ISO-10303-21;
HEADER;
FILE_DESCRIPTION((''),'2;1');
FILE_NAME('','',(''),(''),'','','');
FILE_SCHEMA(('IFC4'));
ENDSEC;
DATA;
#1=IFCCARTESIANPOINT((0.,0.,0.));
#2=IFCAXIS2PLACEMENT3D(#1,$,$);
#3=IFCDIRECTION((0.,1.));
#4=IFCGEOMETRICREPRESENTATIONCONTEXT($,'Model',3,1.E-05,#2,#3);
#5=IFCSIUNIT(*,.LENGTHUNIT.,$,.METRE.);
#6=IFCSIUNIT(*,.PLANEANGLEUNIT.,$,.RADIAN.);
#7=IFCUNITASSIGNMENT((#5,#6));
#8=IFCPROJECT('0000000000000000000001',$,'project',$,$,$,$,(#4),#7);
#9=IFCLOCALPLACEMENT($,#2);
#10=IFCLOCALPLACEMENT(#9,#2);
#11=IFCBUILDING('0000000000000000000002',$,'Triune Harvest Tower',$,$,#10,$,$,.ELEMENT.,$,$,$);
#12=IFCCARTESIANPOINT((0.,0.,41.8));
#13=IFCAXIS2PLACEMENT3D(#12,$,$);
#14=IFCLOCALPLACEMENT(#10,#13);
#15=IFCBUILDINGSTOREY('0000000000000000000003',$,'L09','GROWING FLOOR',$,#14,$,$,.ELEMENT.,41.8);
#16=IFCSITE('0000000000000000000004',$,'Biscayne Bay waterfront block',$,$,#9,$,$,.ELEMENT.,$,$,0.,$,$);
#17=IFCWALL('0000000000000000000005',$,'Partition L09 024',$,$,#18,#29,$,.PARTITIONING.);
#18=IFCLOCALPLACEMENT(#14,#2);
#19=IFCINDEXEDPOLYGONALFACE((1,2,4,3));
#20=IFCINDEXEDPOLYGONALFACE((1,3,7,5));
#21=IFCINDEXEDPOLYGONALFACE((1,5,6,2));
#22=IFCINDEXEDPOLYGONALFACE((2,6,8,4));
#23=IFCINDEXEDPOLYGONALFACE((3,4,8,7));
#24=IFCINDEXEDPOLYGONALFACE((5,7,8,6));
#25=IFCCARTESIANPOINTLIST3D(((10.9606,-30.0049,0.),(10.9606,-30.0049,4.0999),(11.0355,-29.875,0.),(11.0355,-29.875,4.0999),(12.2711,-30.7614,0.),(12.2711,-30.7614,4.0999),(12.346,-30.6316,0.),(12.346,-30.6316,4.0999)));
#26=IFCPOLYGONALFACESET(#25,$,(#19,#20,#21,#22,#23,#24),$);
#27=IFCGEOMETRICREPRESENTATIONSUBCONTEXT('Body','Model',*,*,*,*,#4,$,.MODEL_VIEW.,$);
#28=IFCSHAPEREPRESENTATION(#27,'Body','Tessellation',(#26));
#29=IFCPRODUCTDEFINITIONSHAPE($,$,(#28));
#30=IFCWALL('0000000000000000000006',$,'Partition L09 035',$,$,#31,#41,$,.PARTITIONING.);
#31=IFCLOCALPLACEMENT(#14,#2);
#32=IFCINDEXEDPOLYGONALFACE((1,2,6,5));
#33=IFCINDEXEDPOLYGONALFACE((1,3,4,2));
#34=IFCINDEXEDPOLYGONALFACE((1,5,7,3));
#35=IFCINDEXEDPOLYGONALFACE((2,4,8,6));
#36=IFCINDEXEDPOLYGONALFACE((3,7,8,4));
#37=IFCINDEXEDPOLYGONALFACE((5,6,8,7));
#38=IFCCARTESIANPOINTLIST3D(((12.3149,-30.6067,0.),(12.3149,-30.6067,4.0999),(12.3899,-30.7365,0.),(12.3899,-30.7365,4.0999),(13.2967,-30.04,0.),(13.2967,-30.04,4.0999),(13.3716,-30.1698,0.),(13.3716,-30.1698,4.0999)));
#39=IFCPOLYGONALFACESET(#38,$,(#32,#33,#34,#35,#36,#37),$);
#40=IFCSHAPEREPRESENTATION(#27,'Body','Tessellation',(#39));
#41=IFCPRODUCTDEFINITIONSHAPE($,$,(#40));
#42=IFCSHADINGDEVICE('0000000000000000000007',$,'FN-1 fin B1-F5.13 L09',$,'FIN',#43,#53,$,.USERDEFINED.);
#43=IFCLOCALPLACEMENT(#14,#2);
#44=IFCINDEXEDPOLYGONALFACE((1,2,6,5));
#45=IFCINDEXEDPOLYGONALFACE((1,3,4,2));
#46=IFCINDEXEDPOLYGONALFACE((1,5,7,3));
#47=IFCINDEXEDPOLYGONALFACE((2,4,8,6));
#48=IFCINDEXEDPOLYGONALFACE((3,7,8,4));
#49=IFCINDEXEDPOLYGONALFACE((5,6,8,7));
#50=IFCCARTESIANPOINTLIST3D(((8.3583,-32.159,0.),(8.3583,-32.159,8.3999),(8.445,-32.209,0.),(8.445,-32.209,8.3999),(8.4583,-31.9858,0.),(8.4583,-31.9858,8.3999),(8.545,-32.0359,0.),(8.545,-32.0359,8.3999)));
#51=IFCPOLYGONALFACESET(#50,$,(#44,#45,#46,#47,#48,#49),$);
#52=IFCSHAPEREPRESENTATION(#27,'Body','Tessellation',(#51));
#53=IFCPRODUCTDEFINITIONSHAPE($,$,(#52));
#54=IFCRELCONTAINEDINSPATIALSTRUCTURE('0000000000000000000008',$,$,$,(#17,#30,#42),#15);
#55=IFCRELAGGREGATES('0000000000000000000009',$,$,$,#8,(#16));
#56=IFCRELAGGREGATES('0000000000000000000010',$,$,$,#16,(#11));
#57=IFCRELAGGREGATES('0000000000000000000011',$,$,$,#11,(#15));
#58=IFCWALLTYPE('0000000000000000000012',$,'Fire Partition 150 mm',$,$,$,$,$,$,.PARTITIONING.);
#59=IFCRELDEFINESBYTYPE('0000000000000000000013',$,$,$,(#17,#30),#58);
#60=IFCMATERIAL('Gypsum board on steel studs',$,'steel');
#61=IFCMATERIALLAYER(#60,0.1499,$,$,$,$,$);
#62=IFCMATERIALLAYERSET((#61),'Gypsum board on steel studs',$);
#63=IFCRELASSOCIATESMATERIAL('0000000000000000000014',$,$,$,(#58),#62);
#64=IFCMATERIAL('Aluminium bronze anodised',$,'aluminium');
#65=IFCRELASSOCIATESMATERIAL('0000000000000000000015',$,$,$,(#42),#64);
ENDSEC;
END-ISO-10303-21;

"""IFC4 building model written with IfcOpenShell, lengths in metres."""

from ifc_helpers import new_model, si_unit, direction, frame, frame_2d, origin, origin_2d, place, context, subcontext, project, spatial, rectangle, extrude, source, transform, mapped, material, layer, layer_set, type_object, element, save


model = new_model("IFC4")

# Units and contexts
model_context = context("Model", 3, precision=1e-05, world=origin(), true_north=direction((0.0, 1.0)))
body_context = subcontext(model_context, "Body", "Model", "MODEL_VIEW")
ifc_project = project(units=[si_unit("LENGTHUNIT", "METRE"), si_unit("PLANEANGLEUNIT", "RADIAN")], contexts=[model_context])

# Site, building, storey
site_placement = place(None, origin())
site = spatial("IfcSite", under=ifc_project, at=site_placement, Name="Biscayne Bay waterfront block", CompositionType="ELEMENT", RefElevation=0.0)
building_placement = place(site_placement, origin())
building = spatial("IfcBuilding", under=site, at=building_placement, Name="Triune Harvest Tower", CompositionType="ELEMENT")
storey_placement = place(building_placement, frame((0.0, 0.0, 41.8)))
storey = spatial("IfcBuildingStorey", under=building, at=storey_placement, Name="L09", Description="GROWING FLOOR", CompositionType="ELEMENT", Elevation=41.8)

# Walls
ifc_material_1 = material(Name="Gypsum board on steel studs", Category="steel")
ifc_layer_1 = layer(ifc_material_1, 0.1499)
ifc_layer_set_1 = layer_set([ifc_layer_1], Name="Gypsum board on steel studs")
wall_type_1 = type_object("IfcWallType", Name="Fire Partition 150 mm", PredefinedType="PARTITIONING", material=ifc_layer_set_1)
shared_shape_1 = source(origin(), body_context, "Body", "SweptSolid", [
    extrude(rectangle(XDim=1.5132, YDim=0.1499, at=frame_2d((0.7566, 0.0))), origin(), (0.0, 0.0, 1.0), 4.0999),
])
wall_1_placement = place(storey_placement, frame((10.998, -29.9399, 0.0), z_axis=(0.0, 0.0, 1.0), x_axis=(0.866041, -0.499974, 0.0)))
element("IfcWall", 1, at=wall_1_placement, inside=storey, type_object=wall_type_1, Name="Partition L09 024", PredefinedType="PARTITIONING", context=body_context, shape_type="MappedRepresentation", body=[
    mapped(shared_shape_1, transform((0.0, 0.0, 0.0), scale=1.0)),
])
shared_shape_2 = source(origin(), body_context, "Body", "SweptSolid", [
    extrude(rectangle(XDim=1.1335, YDim=0.1499, at=frame_2d((0.5669, 0.0))), origin(), (0.0, 0.0, 1.0), 4.0999),
])
wall_2_placement = place(storey_placement, frame((12.3523, -30.6716, 0.0), z_axis=(0.0, 0.0, 1.0), x_axis=(0.866074, 0.499915, 0.0)))
element("IfcWall", 2, at=wall_2_placement, inside=storey, type_object=wall_type_1, Name="Partition L09 035", PredefinedType="PARTITIONING", context=body_context, shape_type="MappedRepresentation", body=[
    mapped(shared_shape_2, transform((0.0, 0.0, 0.0), scale=1.0)),
])

# Shading device
ifc_material_2 = material(Name="Aluminium bronze anodised", Category="aluminium")
shared_shape_3 = source(origin(), body_context, "Body", "SweptSolid", [
    extrude(rectangle(XDim=0.1001, YDim=0.2, at=origin_2d()), origin(), (0.0, 0.0, 1.0), 8.3999),
])
shading_device_placement = place(storey_placement, frame((8.4517, -32.0974, 0.0), z_axis=(0.0, 0.0, 1.0), x_axis=(0.866025, -0.5, 0.0)))
element("IfcShadingDevice", 3, at=shading_device_placement, inside=storey, material=ifc_material_2, Name="FN-1 fin B1-F5.13 L09", ObjectType="FIN", PredefinedType="USERDEFINED", context=body_context, shape_type="MappedRepresentation", body=[
    mapped(shared_shape_3, transform((0.0, 0.0, 0.0), scale=1.0)),
])

save(model, "model.ifc")
